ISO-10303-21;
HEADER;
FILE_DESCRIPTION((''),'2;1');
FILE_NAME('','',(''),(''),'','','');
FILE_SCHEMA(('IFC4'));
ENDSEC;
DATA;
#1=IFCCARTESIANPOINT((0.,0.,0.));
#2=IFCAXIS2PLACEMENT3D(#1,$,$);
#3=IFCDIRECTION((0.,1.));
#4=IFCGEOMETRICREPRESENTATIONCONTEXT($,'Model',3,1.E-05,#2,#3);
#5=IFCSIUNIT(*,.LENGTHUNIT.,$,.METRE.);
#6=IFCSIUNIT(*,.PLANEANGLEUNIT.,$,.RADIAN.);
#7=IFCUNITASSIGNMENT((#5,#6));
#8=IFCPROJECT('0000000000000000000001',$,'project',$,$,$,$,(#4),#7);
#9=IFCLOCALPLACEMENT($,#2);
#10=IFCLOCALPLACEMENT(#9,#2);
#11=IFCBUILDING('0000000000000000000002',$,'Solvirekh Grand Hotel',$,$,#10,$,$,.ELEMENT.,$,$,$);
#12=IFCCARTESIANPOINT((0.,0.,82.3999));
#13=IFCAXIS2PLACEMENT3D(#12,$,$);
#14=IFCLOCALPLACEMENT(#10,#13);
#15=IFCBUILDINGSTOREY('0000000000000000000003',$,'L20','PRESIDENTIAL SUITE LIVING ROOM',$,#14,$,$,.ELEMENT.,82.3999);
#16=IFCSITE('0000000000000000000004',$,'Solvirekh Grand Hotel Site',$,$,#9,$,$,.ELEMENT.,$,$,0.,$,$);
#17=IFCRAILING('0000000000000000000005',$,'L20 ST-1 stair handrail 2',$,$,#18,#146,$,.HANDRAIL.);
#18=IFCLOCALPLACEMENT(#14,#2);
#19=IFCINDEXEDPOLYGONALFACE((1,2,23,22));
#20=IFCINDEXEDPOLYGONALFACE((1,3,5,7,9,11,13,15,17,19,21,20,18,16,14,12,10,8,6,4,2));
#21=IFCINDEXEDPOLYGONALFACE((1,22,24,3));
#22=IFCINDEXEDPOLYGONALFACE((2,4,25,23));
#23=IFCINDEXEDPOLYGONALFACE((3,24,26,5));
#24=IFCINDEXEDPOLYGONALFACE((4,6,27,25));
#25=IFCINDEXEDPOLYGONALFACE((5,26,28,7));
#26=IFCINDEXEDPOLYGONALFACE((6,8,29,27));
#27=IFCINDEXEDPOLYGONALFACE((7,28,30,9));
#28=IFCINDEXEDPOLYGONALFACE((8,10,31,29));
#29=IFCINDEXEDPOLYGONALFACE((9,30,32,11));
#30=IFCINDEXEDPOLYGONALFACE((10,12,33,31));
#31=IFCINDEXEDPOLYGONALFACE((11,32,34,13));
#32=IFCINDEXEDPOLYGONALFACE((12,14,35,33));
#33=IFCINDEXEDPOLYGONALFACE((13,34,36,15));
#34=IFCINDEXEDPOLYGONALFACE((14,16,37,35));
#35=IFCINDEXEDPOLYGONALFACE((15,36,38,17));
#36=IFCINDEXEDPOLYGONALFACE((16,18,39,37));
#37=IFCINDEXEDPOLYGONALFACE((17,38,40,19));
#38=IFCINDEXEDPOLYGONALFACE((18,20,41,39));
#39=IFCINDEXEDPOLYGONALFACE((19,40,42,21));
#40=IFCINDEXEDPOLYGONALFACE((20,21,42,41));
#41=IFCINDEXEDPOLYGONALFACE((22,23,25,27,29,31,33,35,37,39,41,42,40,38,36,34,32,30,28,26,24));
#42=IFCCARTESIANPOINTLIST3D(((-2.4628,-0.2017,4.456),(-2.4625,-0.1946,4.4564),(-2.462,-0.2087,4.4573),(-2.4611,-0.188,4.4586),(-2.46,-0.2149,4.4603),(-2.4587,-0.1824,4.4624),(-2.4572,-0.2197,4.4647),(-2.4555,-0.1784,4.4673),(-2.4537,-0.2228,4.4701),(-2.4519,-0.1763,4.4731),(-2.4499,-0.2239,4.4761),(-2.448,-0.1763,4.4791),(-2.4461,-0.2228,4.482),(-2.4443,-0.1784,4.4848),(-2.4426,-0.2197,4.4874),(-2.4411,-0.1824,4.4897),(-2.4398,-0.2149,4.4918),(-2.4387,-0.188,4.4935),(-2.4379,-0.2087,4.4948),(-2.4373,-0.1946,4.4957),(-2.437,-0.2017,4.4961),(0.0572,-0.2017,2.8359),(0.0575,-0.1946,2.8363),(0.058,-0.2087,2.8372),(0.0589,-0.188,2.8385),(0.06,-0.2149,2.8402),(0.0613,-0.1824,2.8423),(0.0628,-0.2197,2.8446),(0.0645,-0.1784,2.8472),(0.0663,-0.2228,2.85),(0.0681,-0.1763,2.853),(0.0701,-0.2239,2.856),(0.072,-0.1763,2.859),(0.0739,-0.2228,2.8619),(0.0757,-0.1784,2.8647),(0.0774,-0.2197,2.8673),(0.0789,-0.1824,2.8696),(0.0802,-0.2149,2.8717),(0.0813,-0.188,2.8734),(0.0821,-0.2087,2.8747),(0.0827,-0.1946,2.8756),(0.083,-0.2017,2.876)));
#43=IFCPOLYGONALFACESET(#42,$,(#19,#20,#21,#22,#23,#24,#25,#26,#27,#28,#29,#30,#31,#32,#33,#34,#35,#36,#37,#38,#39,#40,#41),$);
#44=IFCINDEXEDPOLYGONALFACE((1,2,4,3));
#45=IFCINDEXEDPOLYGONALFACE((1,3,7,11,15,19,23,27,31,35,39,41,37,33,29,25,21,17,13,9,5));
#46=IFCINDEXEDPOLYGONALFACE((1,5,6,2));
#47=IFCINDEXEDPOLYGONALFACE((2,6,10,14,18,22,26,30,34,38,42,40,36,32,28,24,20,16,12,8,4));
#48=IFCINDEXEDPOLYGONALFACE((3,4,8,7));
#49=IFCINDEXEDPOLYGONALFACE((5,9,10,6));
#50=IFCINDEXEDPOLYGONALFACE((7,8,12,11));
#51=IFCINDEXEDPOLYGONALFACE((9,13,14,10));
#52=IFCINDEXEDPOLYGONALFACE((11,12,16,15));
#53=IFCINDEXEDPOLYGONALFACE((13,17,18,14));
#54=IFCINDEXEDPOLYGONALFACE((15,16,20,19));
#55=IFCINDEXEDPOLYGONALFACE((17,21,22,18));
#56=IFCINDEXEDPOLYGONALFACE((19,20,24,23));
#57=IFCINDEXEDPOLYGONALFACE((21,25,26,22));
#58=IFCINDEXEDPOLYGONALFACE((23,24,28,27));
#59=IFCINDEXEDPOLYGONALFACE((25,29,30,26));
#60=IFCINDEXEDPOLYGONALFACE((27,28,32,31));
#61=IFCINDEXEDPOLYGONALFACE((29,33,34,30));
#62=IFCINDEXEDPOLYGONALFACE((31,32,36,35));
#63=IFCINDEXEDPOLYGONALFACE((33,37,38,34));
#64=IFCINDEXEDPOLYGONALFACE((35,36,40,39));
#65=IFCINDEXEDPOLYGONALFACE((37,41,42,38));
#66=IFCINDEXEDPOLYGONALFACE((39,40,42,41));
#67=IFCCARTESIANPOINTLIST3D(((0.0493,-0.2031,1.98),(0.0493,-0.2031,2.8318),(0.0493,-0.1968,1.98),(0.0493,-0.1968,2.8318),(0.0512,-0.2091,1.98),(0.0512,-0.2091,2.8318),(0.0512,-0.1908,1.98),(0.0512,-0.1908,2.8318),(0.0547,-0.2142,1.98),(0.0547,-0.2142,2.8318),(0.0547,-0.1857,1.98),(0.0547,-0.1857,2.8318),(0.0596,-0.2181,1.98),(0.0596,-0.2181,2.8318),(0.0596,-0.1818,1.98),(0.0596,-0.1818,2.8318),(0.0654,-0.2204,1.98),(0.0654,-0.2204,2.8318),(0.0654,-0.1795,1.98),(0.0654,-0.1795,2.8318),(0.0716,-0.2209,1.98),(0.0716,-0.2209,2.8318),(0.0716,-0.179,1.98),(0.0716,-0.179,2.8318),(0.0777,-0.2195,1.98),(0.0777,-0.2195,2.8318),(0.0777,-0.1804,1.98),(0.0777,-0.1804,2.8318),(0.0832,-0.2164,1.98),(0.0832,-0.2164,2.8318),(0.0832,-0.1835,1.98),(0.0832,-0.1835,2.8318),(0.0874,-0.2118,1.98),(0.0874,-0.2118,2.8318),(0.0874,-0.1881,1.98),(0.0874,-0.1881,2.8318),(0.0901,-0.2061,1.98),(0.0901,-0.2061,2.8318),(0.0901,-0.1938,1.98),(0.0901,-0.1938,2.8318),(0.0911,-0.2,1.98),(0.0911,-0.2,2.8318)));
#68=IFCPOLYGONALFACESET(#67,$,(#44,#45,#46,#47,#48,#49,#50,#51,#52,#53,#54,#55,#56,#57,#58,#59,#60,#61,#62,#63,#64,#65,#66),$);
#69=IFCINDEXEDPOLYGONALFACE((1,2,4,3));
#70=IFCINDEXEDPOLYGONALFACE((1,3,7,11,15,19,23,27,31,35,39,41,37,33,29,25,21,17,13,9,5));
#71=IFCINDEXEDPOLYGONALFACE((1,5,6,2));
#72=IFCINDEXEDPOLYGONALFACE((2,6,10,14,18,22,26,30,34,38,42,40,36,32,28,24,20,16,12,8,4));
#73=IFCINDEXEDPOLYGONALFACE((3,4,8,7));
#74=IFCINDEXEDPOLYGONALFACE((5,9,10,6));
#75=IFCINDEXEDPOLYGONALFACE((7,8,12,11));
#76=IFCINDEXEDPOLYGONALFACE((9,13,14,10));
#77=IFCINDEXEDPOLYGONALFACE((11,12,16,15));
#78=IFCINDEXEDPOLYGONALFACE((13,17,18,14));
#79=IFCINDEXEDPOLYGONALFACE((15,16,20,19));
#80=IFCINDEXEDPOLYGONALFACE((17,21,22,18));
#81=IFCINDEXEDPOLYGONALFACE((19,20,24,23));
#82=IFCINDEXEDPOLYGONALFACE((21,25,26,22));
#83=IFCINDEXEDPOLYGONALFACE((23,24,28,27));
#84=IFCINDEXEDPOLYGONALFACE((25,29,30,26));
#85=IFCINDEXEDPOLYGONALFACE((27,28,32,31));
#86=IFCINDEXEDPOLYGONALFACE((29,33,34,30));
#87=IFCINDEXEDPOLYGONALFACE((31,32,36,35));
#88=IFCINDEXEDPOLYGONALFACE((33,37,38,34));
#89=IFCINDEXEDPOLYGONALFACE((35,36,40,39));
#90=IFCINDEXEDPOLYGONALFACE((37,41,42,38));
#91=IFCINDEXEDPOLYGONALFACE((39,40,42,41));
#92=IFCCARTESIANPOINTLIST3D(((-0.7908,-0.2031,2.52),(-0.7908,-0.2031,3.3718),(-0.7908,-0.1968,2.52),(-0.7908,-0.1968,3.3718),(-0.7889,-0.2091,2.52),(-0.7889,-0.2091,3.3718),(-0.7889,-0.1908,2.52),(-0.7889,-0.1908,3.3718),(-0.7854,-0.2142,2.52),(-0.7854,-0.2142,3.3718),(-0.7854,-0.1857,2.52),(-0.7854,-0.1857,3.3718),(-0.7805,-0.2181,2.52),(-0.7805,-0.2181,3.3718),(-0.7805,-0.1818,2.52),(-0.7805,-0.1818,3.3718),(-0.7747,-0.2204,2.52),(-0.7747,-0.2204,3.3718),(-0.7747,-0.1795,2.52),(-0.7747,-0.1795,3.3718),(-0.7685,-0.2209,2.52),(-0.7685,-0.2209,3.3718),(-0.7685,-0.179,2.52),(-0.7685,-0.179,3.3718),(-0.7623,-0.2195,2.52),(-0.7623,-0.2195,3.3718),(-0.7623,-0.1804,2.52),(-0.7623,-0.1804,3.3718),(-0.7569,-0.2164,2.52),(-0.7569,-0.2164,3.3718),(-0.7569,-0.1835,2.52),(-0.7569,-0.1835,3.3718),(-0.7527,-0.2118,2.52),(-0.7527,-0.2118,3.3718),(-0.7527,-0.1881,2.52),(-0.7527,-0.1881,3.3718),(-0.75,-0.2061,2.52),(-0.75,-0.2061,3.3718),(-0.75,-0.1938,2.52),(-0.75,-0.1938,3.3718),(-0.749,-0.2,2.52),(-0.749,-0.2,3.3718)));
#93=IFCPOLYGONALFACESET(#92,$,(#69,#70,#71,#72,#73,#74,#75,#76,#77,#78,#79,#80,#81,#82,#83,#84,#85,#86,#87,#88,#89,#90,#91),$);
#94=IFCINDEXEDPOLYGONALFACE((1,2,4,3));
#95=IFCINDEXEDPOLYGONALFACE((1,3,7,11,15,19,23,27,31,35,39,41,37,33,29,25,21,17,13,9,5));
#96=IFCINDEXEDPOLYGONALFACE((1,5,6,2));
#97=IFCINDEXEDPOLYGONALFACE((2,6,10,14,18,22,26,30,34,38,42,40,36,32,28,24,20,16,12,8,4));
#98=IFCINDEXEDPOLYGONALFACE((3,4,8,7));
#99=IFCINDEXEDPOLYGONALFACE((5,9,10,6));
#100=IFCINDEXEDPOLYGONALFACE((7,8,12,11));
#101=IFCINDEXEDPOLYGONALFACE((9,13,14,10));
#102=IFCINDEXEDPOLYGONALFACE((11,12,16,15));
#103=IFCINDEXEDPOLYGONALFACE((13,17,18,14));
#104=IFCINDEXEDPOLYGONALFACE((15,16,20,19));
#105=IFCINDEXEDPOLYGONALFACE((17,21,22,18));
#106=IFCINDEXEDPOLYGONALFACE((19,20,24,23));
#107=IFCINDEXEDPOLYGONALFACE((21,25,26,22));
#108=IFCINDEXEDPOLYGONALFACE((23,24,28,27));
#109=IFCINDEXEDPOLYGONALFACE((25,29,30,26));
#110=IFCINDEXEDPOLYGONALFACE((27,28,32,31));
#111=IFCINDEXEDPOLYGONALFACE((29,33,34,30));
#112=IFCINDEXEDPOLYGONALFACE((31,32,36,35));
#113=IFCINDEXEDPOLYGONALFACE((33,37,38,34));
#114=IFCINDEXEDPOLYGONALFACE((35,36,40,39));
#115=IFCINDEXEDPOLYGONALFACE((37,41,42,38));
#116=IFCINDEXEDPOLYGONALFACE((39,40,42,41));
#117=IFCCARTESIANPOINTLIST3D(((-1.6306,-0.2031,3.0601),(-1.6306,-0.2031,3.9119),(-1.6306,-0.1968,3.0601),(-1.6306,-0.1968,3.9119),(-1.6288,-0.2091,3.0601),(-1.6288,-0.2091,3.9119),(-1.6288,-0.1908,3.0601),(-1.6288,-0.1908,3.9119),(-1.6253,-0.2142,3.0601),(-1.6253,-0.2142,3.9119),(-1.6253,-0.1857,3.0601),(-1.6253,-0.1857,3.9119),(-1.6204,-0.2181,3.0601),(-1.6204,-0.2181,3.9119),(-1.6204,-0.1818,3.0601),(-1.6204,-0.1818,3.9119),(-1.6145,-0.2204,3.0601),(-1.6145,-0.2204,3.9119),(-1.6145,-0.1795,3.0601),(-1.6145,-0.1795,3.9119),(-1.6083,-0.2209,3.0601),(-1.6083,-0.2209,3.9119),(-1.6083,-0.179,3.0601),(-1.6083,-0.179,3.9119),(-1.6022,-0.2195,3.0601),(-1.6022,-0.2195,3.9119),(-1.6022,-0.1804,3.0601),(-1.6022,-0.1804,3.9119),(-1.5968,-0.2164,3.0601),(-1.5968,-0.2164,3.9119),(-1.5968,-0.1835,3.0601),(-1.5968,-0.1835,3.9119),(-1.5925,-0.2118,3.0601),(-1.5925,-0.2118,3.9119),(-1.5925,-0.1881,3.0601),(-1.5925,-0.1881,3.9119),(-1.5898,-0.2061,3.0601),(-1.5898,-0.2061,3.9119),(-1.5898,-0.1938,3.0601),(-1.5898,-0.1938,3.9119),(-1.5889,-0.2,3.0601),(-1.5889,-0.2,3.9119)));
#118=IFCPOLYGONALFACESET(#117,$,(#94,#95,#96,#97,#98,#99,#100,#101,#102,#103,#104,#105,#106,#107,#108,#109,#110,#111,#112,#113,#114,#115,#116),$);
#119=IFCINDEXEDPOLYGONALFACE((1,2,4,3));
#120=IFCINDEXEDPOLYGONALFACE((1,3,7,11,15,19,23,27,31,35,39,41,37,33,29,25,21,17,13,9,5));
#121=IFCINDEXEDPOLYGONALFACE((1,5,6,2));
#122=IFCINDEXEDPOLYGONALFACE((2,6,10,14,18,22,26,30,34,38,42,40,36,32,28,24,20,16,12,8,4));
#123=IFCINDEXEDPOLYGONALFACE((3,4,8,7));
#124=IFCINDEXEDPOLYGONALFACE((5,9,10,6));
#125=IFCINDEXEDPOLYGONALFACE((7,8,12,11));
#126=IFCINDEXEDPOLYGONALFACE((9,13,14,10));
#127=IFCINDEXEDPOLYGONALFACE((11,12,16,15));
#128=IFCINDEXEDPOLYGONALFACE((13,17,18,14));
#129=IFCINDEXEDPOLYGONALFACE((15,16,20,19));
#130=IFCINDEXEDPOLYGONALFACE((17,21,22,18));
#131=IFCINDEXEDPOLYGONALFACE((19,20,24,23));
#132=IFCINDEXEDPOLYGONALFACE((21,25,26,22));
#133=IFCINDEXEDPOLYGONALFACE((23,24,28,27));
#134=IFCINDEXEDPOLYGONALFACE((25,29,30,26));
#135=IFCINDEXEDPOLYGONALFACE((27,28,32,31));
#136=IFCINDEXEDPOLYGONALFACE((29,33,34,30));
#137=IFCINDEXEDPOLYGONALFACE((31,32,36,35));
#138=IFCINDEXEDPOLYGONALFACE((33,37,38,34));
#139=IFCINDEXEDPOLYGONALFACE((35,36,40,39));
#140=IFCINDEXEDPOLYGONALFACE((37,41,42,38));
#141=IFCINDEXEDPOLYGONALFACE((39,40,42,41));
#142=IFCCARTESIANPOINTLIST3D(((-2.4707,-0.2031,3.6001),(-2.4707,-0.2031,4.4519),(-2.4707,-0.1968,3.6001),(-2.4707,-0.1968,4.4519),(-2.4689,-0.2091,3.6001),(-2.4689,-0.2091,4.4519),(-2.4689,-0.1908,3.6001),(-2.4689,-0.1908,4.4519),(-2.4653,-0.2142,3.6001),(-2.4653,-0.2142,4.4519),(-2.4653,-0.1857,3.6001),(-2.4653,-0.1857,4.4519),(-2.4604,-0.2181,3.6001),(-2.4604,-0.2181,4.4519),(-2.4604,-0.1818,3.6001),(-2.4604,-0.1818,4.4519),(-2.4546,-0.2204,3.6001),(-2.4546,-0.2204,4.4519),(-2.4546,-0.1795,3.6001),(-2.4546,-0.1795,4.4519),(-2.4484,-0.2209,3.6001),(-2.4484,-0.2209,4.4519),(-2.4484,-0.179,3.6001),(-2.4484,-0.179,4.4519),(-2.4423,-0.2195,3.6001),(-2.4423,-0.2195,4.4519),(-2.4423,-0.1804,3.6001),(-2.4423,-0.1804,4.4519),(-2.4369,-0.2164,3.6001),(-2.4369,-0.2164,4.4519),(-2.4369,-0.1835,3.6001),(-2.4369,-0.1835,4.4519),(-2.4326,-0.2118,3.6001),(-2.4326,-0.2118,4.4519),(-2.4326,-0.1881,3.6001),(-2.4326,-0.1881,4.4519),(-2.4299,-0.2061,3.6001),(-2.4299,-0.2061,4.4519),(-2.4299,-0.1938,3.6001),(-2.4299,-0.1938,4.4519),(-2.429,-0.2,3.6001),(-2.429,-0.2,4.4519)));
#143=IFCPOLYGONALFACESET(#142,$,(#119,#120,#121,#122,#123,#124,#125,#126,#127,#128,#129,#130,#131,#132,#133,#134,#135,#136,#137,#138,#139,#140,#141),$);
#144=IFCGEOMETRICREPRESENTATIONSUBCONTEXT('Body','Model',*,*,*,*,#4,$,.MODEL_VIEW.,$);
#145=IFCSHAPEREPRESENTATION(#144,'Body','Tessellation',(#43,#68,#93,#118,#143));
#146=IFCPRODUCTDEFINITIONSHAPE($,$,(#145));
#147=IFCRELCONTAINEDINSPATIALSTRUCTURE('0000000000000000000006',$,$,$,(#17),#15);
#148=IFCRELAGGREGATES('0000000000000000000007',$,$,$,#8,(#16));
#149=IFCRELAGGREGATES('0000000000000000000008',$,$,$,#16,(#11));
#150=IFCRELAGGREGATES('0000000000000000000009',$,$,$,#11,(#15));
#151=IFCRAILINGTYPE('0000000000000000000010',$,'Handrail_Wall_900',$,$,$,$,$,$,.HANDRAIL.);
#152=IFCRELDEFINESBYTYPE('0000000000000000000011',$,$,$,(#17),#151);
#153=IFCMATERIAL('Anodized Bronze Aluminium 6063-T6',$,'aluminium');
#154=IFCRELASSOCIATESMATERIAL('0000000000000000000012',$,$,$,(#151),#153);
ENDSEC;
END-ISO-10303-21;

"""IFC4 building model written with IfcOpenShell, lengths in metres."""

from ifc_helpers import new_model, si_unit, direction, frame, origin, origin_2d, place, context, subcontext, project, spatial, circle, extrude, material, type_object, element, save


model = new_model("IFC4")

# Units and contexts
model_context = context("Model", 3, precision=1e-05, world=origin(), true_north=direction((0.0, 1.0)))
body_context = subcontext(model_context, "Body", "Model", "MODEL_VIEW")
ifc_project = project(units=[si_unit("LENGTHUNIT", "METRE"), si_unit("PLANEANGLEUNIT", "RADIAN")], contexts=[model_context])

# Site, building, storey
site_placement = place(None, origin())
site = spatial("IfcSite", under=ifc_project, at=site_placement, Name="Solvirekh Grand Hotel Site", CompositionType="ELEMENT", RefElevation=0.0)
building_placement = place(site_placement, origin())
building = spatial("IfcBuilding", under=site, at=building_placement, Name="Solvirekh Grand Hotel", CompositionType="ELEMENT")
storey_placement = place(building_placement, frame((0.0, 0.0, 82.3999)))
storey = spatial("IfcBuildingStorey", under=building, at=storey_placement, Name="L20", Description="PRESIDENTIAL SUITE LIVING ROOM", CompositionType="ELEMENT", Elevation=82.3999)

# Railing
ifc_material_1 = material(Name="Anodized Bronze Aluminium 6063-T6", Category="aluminium")
railing_type_1 = type_object("IfcRailingType", Name="Handrail_Wall_900", PredefinedType="HANDRAIL", material=ifc_material_1)
railing_1_placement = place(storey_placement, frame((0.0701, -0.2, 1.98)))
element("IfcRailing", 1, at=railing_1_placement, inside=storey, type_object=railing_type_1, Name="L20 ST-1 stair handrail 2", PredefinedType="HANDRAIL", context=body_context, shape_type="SweptSolid", body=[
    extrude(circle(Radius=0.0239, at=origin_2d()), frame((0.0, 0.0, 0.876), z_axis=(-0.841163, 0.0, 0.540782), x_axis=(0.0, -1.0, 0.0)), (0.0, 0.0, 1.0), 2.9958),
    extrude(circle(Radius=0.021, at=origin_2d()), origin(), (0.0, 0.0, 1.0), 0.8518),
    extrude(circle(Radius=0.021, at=origin_2d()), frame((-0.8401, 0.0, 0.54)), (0.0, 0.0, 1.0), 0.8518),
    extrude(circle(Radius=0.021, at=origin_2d()), frame((-1.6799, 0.0, 1.0801)), (0.0, 0.0, 1.0), 0.8518),
    extrude(circle(Radius=0.021, at=origin_2d()), frame((-2.52, 0.0, 1.6201)), (0.0, 0.0, 1.0), 0.8518),
])

save(model, "model.ifc")
